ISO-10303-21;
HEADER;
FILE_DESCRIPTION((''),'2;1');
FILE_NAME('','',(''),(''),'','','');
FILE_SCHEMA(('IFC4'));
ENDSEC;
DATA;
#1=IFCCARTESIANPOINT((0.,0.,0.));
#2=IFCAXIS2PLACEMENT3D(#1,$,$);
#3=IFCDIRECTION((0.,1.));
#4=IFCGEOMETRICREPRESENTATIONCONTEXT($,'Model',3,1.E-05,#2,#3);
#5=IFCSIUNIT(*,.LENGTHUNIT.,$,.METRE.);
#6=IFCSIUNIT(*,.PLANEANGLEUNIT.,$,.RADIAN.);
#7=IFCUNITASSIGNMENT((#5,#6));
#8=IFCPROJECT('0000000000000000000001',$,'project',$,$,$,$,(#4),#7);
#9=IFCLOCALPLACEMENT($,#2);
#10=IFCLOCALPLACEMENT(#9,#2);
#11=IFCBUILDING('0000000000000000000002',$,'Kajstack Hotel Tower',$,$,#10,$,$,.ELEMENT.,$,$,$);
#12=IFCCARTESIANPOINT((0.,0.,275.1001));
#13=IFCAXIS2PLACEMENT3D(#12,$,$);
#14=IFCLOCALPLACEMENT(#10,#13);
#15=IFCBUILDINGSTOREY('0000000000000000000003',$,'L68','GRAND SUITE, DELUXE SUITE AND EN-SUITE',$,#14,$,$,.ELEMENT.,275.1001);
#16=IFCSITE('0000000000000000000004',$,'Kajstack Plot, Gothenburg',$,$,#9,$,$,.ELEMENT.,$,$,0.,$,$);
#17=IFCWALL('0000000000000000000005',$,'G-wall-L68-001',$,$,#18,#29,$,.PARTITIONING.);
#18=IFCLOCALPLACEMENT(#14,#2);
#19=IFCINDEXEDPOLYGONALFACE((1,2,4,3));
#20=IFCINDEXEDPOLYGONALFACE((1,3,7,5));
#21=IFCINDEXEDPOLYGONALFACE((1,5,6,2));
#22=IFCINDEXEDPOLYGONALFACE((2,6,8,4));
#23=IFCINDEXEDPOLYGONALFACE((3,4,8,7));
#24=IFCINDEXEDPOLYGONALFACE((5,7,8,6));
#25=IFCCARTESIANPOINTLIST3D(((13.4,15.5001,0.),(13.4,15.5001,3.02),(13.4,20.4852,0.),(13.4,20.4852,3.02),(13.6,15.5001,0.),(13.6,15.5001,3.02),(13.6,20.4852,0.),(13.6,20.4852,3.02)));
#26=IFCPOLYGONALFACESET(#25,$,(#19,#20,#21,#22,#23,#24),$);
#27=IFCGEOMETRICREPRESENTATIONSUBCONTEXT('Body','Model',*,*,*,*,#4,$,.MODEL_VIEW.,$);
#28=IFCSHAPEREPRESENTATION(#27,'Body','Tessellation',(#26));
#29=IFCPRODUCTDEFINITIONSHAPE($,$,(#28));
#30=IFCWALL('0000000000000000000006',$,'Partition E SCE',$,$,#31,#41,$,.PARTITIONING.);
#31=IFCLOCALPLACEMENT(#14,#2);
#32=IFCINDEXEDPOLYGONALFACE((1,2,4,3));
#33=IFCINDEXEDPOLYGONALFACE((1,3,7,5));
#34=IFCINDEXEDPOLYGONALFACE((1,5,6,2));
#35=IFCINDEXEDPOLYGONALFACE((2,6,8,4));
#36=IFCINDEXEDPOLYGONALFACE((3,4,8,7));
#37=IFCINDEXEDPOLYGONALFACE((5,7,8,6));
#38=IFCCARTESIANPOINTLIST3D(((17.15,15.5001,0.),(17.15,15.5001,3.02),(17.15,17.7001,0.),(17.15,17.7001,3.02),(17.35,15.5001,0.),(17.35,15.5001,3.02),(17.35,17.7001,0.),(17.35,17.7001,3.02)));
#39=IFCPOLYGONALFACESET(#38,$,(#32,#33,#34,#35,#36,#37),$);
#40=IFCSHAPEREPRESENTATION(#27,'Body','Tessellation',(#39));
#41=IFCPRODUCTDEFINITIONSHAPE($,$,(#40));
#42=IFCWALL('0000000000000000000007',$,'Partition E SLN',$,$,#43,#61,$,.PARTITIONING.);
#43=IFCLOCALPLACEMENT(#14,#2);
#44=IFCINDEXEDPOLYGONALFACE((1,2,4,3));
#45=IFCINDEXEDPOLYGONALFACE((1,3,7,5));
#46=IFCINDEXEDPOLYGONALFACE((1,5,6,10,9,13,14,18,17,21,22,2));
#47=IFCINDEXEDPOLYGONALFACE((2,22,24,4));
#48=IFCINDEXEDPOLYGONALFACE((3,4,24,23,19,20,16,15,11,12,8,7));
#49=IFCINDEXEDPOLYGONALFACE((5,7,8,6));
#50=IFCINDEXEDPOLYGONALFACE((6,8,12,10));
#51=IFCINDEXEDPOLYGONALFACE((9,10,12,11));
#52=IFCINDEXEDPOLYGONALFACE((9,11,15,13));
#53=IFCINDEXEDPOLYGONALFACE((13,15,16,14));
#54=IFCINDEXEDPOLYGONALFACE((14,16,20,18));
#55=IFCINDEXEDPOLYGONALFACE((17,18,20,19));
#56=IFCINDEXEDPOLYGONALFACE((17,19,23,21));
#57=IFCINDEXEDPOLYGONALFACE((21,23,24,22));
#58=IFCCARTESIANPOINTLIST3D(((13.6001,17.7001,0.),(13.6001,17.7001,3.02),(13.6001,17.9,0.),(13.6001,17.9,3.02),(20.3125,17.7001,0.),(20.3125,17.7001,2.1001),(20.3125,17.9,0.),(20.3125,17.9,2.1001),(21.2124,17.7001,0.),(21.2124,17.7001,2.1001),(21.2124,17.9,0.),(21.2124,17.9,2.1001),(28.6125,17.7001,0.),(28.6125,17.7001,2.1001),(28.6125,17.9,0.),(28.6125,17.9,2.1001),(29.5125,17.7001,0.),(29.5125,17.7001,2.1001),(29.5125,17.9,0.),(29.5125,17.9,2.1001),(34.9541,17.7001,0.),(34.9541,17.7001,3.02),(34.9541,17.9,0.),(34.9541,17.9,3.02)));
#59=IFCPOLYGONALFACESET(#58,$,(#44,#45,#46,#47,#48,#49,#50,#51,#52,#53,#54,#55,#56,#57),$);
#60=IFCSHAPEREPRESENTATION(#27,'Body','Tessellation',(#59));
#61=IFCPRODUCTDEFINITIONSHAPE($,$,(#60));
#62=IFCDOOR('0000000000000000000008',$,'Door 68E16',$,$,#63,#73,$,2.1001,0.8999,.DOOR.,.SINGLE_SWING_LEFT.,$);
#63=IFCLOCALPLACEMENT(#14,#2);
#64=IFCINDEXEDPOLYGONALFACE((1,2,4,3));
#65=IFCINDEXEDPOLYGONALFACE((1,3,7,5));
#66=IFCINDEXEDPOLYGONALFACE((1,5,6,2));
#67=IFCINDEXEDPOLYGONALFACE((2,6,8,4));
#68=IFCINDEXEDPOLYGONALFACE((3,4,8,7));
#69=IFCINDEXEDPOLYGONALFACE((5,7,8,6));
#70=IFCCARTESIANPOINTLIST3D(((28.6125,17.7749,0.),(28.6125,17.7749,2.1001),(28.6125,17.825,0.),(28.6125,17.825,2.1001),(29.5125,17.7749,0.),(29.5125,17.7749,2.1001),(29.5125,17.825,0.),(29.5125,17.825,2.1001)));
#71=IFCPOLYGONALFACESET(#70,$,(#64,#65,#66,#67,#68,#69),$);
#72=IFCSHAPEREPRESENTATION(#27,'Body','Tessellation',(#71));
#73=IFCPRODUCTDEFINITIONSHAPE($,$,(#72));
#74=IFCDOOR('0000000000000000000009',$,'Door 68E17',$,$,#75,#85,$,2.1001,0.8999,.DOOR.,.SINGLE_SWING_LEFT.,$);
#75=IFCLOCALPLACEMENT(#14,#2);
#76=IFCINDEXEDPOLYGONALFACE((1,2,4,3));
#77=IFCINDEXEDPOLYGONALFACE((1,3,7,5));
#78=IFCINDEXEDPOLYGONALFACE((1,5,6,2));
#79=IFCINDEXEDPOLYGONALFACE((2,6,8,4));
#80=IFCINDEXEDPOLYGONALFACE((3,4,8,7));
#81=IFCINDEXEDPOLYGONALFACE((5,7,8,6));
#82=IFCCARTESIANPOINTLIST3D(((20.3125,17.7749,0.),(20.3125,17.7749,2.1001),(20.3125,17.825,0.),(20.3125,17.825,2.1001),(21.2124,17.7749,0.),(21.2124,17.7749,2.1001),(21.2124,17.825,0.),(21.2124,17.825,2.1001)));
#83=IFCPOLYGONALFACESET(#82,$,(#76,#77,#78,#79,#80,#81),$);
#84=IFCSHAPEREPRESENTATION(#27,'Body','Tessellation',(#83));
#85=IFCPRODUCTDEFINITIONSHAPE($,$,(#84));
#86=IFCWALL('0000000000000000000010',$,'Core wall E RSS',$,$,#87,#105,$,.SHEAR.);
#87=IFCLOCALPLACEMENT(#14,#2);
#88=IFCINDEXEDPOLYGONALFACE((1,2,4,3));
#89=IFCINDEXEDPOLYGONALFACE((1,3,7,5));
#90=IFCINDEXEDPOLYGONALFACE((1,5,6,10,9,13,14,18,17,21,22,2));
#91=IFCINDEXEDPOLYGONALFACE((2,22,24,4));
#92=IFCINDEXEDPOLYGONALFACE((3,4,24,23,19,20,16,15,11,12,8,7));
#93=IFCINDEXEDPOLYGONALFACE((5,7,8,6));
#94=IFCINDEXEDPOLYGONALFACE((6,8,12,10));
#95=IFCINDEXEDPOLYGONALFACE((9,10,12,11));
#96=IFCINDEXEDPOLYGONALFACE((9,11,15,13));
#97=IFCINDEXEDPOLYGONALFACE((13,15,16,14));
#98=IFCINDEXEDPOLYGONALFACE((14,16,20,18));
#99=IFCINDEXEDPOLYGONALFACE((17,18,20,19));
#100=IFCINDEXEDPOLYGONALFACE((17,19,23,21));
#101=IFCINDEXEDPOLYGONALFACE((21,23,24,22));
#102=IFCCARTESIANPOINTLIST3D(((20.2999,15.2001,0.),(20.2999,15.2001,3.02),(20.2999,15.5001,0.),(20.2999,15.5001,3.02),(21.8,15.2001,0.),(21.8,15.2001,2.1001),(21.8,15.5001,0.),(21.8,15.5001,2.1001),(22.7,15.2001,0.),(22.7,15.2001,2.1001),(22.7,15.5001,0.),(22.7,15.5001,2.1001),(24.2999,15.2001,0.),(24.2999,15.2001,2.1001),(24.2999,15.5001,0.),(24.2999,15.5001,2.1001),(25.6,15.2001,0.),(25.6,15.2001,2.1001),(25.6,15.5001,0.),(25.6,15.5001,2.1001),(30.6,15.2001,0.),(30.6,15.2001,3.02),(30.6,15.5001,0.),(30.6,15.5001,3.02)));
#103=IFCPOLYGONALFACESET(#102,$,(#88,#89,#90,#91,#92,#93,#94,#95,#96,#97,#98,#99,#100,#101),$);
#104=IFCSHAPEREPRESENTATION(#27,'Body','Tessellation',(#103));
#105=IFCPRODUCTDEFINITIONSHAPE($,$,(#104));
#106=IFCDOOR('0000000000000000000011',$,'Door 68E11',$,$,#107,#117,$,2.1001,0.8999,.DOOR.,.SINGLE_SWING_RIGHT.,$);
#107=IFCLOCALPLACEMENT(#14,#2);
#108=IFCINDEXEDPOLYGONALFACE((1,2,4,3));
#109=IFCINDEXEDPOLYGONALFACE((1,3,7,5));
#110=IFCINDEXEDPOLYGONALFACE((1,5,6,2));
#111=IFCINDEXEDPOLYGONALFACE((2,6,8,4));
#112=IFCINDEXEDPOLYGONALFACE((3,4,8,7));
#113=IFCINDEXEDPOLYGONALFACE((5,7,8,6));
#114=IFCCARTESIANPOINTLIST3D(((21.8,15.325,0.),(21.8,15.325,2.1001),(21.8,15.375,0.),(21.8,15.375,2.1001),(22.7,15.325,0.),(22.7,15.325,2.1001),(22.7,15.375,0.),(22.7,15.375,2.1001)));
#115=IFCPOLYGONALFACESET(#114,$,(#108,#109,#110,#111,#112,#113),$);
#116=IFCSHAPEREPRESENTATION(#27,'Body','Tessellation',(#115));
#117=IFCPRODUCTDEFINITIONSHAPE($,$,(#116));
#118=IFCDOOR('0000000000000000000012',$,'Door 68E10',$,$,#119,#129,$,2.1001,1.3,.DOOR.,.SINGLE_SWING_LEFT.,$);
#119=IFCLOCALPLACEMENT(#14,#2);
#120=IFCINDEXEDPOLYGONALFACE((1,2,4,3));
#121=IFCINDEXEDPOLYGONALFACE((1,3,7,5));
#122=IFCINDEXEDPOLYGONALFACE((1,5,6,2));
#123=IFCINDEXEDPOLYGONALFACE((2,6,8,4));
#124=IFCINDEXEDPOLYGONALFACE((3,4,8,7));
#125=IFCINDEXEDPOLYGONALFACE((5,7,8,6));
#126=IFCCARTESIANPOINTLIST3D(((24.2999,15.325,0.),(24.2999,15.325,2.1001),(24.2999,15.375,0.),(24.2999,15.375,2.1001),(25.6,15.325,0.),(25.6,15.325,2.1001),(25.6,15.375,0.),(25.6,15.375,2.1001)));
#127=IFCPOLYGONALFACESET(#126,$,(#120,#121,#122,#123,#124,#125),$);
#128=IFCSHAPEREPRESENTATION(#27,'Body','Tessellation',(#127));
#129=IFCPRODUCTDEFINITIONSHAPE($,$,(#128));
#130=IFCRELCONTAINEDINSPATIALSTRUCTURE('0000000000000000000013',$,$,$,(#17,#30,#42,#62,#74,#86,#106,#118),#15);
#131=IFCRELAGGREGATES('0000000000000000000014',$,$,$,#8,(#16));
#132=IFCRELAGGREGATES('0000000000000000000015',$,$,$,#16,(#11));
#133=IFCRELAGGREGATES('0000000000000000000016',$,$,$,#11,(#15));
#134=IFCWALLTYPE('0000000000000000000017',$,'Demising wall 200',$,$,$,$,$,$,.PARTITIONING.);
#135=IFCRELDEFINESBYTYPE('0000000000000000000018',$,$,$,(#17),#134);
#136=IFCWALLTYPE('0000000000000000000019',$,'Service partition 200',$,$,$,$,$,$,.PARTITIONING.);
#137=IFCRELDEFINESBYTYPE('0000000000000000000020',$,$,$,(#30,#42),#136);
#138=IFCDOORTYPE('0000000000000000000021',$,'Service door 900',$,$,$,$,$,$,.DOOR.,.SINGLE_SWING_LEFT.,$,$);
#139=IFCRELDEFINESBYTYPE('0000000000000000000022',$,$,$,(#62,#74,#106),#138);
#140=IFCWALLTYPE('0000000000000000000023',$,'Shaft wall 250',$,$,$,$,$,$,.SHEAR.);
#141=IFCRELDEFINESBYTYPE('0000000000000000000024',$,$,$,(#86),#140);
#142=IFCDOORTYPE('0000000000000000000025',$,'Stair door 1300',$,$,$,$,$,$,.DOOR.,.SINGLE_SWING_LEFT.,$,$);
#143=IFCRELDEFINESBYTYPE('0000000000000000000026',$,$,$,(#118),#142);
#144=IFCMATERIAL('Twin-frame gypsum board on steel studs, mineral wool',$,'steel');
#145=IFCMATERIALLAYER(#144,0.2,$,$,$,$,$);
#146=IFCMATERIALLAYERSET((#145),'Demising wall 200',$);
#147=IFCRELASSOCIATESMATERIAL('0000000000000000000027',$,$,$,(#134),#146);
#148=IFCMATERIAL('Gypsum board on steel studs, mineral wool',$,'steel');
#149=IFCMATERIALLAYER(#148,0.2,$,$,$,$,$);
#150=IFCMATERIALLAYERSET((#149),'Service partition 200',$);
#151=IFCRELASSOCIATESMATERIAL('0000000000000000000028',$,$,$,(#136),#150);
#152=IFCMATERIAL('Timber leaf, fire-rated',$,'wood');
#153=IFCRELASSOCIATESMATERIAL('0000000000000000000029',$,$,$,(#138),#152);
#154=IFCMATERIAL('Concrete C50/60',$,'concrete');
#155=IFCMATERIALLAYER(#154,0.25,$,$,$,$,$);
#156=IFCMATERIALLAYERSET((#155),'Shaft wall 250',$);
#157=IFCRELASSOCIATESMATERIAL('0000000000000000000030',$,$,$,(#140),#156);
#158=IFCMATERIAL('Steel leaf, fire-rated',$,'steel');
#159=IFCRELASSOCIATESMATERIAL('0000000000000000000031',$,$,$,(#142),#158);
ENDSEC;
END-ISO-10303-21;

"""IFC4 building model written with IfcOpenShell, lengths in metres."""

from ifc_helpers import new_model, si_unit, direction, frame, frame_2d, origin, place, context, subcontext, project, spatial, rectangle, extrude, material, layer, layer_set, type_object, element, fill, save


model = new_model("IFC4")

# Units and contexts
model_context = context("Model", 3, precision=1e-05, world=origin(), true_north=direction((0.0, 1.0)))
body_context = subcontext(model_context, "Body", "Model", "MODEL_VIEW")
ifc_project = project(units=[si_unit("LENGTHUNIT", "METRE"), si_unit("PLANEANGLEUNIT", "RADIAN")], contexts=[model_context])

# Site, building, storey
site_placement = place(None, origin())
site = spatial("IfcSite", under=ifc_project, at=site_placement, Name="Kajstack Plot, Gothenburg", CompositionType="ELEMENT", RefElevation=0.0)
building_placement = place(site_placement, origin())
building = spatial("IfcBuilding", under=site, at=building_placement, Name="Kajstack Hotel Tower", CompositionType="ELEMENT")
storey_placement = place(building_placement, frame((0.0, 0.0, 275.1001)))
storey = spatial("IfcBuildingStorey", under=building, at=storey_placement, Name="L68", Description="GRAND SUITE, DELUXE SUITE AND EN-SUITE", CompositionType="ELEMENT", Elevation=275.1001)

# Wall
ifc_material_1 = material(Name="Twin-frame gypsum board on steel studs, mineral wool", Category="steel")
ifc_layer_1 = layer(ifc_material_1, 0.2)
ifc_layer_set_1 = layer_set([ifc_layer_1], Name="Demising wall 200")
wall_type_1 = type_object("IfcWallType", Name="Demising wall 200", PredefinedType="PARTITIONING", material=ifc_layer_set_1)
wall_1_placement = place(storey_placement, frame((13.5, 15.5, 0.0), z_axis=(0.0, 0.0, 1.0), x_axis=(0.0, 1.0, 0.0)))
element("IfcWall", 1, at=wall_1_placement, inside=storey, type_object=wall_type_1, Name="G-wall-L68-001", PredefinedType="PARTITIONING", context=body_context, shape_type="SweptSolid", body=[
    extrude(rectangle(XDim=4.9851, YDim=0.2, at=frame_2d((2.4927, 0.0))), origin(), (0.0, 0.0, 1.0), 3.02),
])

# Wall
ifc_material_2 = material(Name="Gypsum board on steel studs, mineral wool", Category="steel")
ifc_layer_2 = layer(ifc_material_2, 0.2)
ifc_layer_set_2 = layer_set([ifc_layer_2], Name="Service partition 200")
wall_type_2 = type_object("IfcWallType", Name="Service partition 200", PredefinedType="PARTITIONING", material=ifc_layer_set_2)
wall_2_placement = place(storey_placement, frame((17.25, 15.5, 0.0), z_axis=(0.0, 0.0, 1.0), x_axis=(0.0, 1.0, 0.0)))
element("IfcWall", 2, at=wall_2_placement, inside=storey, type_object=wall_type_2, Name="Partition E SCE", PredefinedType="PARTITIONING", context=body_context, shape_type="SweptSolid", body=[
    extrude(rectangle(XDim=2.2, YDim=0.2, at=frame_2d((1.1001, 0.0))), origin(), (0.0, 0.0, 1.0), 3.02),
])

# Walls, openings, doors
wall_3_placement = place(storey_placement, frame((13.6001, 17.8, 0.0), z_axis=(0.0, 0.0, 1.0), x_axis=(1.0, 0.0, 0.0)))
wall_3 = element("IfcWall", 3, at=wall_3_placement, inside=storey, type_object=wall_type_2, Name="Partition E SLN", PredefinedType="PARTITIONING", context=body_context, shape_type="SweptSolid", body=[
    extrude(rectangle(XDim=21.354, YDim=0.2, at=frame_2d((10.677, 0.0))), origin(), (0.0, 0.0, 1.0), 3.02),
])
opening_1_placement = place(wall_3_placement, frame((15.0125, 0.0, 0.0)))
opening_1 = element("IfcOpeningElement", 4, at=opening_1_placement, cuts=wall_3, PredefinedType="OPENING", context=body_context, shape_type="SweptSolid", body=[
    extrude(rectangle(XDim=0.8999, YDim=2.1001, at=frame_2d((0.45, 1.05))), frame((0.0, 0.1099, 0.0), z_axis=(0.0, -1.0, 0.0), x_axis=(1.0, 0.0, 0.0)), (0.0, 0.0, 1.0), 0.22),
])
opening_2_placement = place(wall_3_placement, frame((6.7124, 0.0, 0.0)))
opening_2 = element("IfcOpeningElement", 5, at=opening_2_placement, cuts=wall_3, PredefinedType="OPENING", context=body_context, shape_type="SweptSolid", body=[
    extrude(rectangle(XDim=0.8999, YDim=2.1001, at=frame_2d((0.45, 1.05))), frame((0.0, 0.1099, 0.0), z_axis=(0.0, -1.0, 0.0), x_axis=(1.0, 0.0, 0.0)), (0.0, 0.0, 1.0), 0.22),
])
ifc_material_3 = material(Name="Timber leaf, fire-rated", Category="wood")
door_type_1 = type_object("IfcDoorType", Name="Service door 900", OperationType="SINGLE_SWING_LEFT", PredefinedType="DOOR", material=ifc_material_3)
door_1_placement = place(opening_1_placement, origin())
door_1 = element("IfcDoor", 6, at=door_1_placement, inside=storey, type_object=door_type_1, Name="Door 68E16", OperationType="SINGLE_SWING_LEFT", OverallHeight=2.1001, OverallWidth=0.8999, PredefinedType="DOOR", context=body_context, shape_type="SweptSolid", body=[
    extrude(rectangle(XDim=0.8999, YDim=2.1001, at=frame_2d((0.45, 1.05))), frame((0.0, 0.0249, 0.0), z_axis=(0.0, -1.0, 0.0), x_axis=(1.0, 0.0, 0.0)), (0.0, 0.0, 1.0), 0.05),
])
fill(opening_1, door_1)
door_2_placement = place(opening_2_placement, origin())
door_2 = element("IfcDoor", 7, at=door_2_placement, inside=storey, type_object=door_type_1, Name="Door 68E17", OperationType="SINGLE_SWING_LEFT", OverallHeight=2.1001, OverallWidth=0.8999, PredefinedType="DOOR", context=body_context, shape_type="SweptSolid", body=[
    extrude(rectangle(XDim=0.8999, YDim=2.1001, at=frame_2d((0.45, 1.05))), frame((0.0, 0.0249, 0.0), z_axis=(0.0, -1.0, 0.0), x_axis=(1.0, 0.0, 0.0)), (0.0, 0.0, 1.0), 0.05),
])
fill(opening_2, door_2)
ifc_material_4 = material(Name="Concrete C50/60", Category="concrete")
ifc_layer_3 = layer(ifc_material_4, 0.25)
ifc_layer_set_3 = layer_set([ifc_layer_3], Name="Shaft wall 250")
wall_type_3 = type_object("IfcWallType", Name="Shaft wall 250", PredefinedType="SHEAR", material=ifc_layer_set_3)
wall_4_placement = place(storey_placement, frame((20.3, 15.3501, 0.0), z_axis=(0.0, 0.0, 1.0), x_axis=(1.0, 0.0, 0.0)))
wall_4 = element("IfcWall", 8, at=wall_4_placement, inside=storey, type_object=wall_type_3, Name="Core wall E RSS", PredefinedType="SHEAR", context=body_context, shape_type="SweptSolid", body=[
    extrude(rectangle(XDim=10.3, YDim=0.3, at=frame_2d((5.1499, 0.0))), origin(), (0.0, 0.0, 1.0), 3.02),
])
opening_3_placement = place(wall_4_placement, frame((4.0, 0.0, 0.0)))
opening_3 = element("IfcOpeningElement", 9, at=opening_3_placement, cuts=wall_4, PredefinedType="OPENING", context=body_context, shape_type="SweptSolid", body=[
    extrude(rectangle(XDim=1.3, YDim=2.1001, at=frame_2d((0.6499, 1.05))), frame((0.0, 0.1599, 0.0), z_axis=(0.0, -1.0, 0.0), x_axis=(1.0, 0.0, 0.0)), (0.0, 0.0, 1.0), 0.3201),
])
opening_4_placement = place(wall_4_placement, frame((1.5, 0.0, 0.0)))
opening_4 = element("IfcOpeningElement", 10, at=opening_4_placement, cuts=wall_4, PredefinedType="OPENING", context=body_context, shape_type="SweptSolid", body=[
    extrude(rectangle(XDim=0.8999, YDim=2.1001, at=frame_2d((0.45, 1.05))), frame((0.0, 0.1599, 0.0), z_axis=(0.0, -1.0, 0.0), x_axis=(1.0, 0.0, 0.0)), (0.0, 0.0, 1.0), 0.3201),
])
door_3_placement = place(opening_4_placement, origin())
door_3 = element("IfcDoor", 11, at=door_3_placement, inside=storey, type_object=door_type_1, Name="Door 68E11", OperationType="SINGLE_SWING_RIGHT", OverallHeight=2.1001, OverallWidth=0.8999, PredefinedType="DOOR", context=body_context, shape_type="SweptSolid", body=[
    extrude(rectangle(XDim=0.8999, YDim=2.1001, at=frame_2d((0.45, 1.05))), frame((0.0, 0.0249, 0.0), z_axis=(0.0, -1.0, 0.0), x_axis=(1.0, 0.0, 0.0)), (0.0, 0.0, 1.0), 0.05),
])
fill(opening_4, door_3)
ifc_material_5 = material(Name="Steel leaf, fire-rated", Category="steel")
door_type_2 = type_object("IfcDoorType", Name="Stair door 1300", OperationType="SINGLE_SWING_LEFT", PredefinedType="DOOR", material=ifc_material_5)
door_4_placement = place(opening_3_placement, origin())
door_4 = element("IfcDoor", 12, at=door_4_placement, inside=storey, type_object=door_type_2, Name="Door 68E10", OperationType="SINGLE_SWING_LEFT", OverallHeight=2.1001, OverallWidth=1.3, PredefinedType="DOOR", context=body_context, shape_type="SweptSolid", body=[
    extrude(rectangle(XDim=1.3, YDim=2.1001, at=frame_2d((0.6499, 1.05))), frame((0.0, 0.0249, 0.0), z_axis=(0.0, -1.0, 0.0), x_axis=(1.0, 0.0, 0.0)), (0.0, 0.0, 1.0), 0.05),
])
fill(opening_3, door_4)

save(model, "model.ifc")
